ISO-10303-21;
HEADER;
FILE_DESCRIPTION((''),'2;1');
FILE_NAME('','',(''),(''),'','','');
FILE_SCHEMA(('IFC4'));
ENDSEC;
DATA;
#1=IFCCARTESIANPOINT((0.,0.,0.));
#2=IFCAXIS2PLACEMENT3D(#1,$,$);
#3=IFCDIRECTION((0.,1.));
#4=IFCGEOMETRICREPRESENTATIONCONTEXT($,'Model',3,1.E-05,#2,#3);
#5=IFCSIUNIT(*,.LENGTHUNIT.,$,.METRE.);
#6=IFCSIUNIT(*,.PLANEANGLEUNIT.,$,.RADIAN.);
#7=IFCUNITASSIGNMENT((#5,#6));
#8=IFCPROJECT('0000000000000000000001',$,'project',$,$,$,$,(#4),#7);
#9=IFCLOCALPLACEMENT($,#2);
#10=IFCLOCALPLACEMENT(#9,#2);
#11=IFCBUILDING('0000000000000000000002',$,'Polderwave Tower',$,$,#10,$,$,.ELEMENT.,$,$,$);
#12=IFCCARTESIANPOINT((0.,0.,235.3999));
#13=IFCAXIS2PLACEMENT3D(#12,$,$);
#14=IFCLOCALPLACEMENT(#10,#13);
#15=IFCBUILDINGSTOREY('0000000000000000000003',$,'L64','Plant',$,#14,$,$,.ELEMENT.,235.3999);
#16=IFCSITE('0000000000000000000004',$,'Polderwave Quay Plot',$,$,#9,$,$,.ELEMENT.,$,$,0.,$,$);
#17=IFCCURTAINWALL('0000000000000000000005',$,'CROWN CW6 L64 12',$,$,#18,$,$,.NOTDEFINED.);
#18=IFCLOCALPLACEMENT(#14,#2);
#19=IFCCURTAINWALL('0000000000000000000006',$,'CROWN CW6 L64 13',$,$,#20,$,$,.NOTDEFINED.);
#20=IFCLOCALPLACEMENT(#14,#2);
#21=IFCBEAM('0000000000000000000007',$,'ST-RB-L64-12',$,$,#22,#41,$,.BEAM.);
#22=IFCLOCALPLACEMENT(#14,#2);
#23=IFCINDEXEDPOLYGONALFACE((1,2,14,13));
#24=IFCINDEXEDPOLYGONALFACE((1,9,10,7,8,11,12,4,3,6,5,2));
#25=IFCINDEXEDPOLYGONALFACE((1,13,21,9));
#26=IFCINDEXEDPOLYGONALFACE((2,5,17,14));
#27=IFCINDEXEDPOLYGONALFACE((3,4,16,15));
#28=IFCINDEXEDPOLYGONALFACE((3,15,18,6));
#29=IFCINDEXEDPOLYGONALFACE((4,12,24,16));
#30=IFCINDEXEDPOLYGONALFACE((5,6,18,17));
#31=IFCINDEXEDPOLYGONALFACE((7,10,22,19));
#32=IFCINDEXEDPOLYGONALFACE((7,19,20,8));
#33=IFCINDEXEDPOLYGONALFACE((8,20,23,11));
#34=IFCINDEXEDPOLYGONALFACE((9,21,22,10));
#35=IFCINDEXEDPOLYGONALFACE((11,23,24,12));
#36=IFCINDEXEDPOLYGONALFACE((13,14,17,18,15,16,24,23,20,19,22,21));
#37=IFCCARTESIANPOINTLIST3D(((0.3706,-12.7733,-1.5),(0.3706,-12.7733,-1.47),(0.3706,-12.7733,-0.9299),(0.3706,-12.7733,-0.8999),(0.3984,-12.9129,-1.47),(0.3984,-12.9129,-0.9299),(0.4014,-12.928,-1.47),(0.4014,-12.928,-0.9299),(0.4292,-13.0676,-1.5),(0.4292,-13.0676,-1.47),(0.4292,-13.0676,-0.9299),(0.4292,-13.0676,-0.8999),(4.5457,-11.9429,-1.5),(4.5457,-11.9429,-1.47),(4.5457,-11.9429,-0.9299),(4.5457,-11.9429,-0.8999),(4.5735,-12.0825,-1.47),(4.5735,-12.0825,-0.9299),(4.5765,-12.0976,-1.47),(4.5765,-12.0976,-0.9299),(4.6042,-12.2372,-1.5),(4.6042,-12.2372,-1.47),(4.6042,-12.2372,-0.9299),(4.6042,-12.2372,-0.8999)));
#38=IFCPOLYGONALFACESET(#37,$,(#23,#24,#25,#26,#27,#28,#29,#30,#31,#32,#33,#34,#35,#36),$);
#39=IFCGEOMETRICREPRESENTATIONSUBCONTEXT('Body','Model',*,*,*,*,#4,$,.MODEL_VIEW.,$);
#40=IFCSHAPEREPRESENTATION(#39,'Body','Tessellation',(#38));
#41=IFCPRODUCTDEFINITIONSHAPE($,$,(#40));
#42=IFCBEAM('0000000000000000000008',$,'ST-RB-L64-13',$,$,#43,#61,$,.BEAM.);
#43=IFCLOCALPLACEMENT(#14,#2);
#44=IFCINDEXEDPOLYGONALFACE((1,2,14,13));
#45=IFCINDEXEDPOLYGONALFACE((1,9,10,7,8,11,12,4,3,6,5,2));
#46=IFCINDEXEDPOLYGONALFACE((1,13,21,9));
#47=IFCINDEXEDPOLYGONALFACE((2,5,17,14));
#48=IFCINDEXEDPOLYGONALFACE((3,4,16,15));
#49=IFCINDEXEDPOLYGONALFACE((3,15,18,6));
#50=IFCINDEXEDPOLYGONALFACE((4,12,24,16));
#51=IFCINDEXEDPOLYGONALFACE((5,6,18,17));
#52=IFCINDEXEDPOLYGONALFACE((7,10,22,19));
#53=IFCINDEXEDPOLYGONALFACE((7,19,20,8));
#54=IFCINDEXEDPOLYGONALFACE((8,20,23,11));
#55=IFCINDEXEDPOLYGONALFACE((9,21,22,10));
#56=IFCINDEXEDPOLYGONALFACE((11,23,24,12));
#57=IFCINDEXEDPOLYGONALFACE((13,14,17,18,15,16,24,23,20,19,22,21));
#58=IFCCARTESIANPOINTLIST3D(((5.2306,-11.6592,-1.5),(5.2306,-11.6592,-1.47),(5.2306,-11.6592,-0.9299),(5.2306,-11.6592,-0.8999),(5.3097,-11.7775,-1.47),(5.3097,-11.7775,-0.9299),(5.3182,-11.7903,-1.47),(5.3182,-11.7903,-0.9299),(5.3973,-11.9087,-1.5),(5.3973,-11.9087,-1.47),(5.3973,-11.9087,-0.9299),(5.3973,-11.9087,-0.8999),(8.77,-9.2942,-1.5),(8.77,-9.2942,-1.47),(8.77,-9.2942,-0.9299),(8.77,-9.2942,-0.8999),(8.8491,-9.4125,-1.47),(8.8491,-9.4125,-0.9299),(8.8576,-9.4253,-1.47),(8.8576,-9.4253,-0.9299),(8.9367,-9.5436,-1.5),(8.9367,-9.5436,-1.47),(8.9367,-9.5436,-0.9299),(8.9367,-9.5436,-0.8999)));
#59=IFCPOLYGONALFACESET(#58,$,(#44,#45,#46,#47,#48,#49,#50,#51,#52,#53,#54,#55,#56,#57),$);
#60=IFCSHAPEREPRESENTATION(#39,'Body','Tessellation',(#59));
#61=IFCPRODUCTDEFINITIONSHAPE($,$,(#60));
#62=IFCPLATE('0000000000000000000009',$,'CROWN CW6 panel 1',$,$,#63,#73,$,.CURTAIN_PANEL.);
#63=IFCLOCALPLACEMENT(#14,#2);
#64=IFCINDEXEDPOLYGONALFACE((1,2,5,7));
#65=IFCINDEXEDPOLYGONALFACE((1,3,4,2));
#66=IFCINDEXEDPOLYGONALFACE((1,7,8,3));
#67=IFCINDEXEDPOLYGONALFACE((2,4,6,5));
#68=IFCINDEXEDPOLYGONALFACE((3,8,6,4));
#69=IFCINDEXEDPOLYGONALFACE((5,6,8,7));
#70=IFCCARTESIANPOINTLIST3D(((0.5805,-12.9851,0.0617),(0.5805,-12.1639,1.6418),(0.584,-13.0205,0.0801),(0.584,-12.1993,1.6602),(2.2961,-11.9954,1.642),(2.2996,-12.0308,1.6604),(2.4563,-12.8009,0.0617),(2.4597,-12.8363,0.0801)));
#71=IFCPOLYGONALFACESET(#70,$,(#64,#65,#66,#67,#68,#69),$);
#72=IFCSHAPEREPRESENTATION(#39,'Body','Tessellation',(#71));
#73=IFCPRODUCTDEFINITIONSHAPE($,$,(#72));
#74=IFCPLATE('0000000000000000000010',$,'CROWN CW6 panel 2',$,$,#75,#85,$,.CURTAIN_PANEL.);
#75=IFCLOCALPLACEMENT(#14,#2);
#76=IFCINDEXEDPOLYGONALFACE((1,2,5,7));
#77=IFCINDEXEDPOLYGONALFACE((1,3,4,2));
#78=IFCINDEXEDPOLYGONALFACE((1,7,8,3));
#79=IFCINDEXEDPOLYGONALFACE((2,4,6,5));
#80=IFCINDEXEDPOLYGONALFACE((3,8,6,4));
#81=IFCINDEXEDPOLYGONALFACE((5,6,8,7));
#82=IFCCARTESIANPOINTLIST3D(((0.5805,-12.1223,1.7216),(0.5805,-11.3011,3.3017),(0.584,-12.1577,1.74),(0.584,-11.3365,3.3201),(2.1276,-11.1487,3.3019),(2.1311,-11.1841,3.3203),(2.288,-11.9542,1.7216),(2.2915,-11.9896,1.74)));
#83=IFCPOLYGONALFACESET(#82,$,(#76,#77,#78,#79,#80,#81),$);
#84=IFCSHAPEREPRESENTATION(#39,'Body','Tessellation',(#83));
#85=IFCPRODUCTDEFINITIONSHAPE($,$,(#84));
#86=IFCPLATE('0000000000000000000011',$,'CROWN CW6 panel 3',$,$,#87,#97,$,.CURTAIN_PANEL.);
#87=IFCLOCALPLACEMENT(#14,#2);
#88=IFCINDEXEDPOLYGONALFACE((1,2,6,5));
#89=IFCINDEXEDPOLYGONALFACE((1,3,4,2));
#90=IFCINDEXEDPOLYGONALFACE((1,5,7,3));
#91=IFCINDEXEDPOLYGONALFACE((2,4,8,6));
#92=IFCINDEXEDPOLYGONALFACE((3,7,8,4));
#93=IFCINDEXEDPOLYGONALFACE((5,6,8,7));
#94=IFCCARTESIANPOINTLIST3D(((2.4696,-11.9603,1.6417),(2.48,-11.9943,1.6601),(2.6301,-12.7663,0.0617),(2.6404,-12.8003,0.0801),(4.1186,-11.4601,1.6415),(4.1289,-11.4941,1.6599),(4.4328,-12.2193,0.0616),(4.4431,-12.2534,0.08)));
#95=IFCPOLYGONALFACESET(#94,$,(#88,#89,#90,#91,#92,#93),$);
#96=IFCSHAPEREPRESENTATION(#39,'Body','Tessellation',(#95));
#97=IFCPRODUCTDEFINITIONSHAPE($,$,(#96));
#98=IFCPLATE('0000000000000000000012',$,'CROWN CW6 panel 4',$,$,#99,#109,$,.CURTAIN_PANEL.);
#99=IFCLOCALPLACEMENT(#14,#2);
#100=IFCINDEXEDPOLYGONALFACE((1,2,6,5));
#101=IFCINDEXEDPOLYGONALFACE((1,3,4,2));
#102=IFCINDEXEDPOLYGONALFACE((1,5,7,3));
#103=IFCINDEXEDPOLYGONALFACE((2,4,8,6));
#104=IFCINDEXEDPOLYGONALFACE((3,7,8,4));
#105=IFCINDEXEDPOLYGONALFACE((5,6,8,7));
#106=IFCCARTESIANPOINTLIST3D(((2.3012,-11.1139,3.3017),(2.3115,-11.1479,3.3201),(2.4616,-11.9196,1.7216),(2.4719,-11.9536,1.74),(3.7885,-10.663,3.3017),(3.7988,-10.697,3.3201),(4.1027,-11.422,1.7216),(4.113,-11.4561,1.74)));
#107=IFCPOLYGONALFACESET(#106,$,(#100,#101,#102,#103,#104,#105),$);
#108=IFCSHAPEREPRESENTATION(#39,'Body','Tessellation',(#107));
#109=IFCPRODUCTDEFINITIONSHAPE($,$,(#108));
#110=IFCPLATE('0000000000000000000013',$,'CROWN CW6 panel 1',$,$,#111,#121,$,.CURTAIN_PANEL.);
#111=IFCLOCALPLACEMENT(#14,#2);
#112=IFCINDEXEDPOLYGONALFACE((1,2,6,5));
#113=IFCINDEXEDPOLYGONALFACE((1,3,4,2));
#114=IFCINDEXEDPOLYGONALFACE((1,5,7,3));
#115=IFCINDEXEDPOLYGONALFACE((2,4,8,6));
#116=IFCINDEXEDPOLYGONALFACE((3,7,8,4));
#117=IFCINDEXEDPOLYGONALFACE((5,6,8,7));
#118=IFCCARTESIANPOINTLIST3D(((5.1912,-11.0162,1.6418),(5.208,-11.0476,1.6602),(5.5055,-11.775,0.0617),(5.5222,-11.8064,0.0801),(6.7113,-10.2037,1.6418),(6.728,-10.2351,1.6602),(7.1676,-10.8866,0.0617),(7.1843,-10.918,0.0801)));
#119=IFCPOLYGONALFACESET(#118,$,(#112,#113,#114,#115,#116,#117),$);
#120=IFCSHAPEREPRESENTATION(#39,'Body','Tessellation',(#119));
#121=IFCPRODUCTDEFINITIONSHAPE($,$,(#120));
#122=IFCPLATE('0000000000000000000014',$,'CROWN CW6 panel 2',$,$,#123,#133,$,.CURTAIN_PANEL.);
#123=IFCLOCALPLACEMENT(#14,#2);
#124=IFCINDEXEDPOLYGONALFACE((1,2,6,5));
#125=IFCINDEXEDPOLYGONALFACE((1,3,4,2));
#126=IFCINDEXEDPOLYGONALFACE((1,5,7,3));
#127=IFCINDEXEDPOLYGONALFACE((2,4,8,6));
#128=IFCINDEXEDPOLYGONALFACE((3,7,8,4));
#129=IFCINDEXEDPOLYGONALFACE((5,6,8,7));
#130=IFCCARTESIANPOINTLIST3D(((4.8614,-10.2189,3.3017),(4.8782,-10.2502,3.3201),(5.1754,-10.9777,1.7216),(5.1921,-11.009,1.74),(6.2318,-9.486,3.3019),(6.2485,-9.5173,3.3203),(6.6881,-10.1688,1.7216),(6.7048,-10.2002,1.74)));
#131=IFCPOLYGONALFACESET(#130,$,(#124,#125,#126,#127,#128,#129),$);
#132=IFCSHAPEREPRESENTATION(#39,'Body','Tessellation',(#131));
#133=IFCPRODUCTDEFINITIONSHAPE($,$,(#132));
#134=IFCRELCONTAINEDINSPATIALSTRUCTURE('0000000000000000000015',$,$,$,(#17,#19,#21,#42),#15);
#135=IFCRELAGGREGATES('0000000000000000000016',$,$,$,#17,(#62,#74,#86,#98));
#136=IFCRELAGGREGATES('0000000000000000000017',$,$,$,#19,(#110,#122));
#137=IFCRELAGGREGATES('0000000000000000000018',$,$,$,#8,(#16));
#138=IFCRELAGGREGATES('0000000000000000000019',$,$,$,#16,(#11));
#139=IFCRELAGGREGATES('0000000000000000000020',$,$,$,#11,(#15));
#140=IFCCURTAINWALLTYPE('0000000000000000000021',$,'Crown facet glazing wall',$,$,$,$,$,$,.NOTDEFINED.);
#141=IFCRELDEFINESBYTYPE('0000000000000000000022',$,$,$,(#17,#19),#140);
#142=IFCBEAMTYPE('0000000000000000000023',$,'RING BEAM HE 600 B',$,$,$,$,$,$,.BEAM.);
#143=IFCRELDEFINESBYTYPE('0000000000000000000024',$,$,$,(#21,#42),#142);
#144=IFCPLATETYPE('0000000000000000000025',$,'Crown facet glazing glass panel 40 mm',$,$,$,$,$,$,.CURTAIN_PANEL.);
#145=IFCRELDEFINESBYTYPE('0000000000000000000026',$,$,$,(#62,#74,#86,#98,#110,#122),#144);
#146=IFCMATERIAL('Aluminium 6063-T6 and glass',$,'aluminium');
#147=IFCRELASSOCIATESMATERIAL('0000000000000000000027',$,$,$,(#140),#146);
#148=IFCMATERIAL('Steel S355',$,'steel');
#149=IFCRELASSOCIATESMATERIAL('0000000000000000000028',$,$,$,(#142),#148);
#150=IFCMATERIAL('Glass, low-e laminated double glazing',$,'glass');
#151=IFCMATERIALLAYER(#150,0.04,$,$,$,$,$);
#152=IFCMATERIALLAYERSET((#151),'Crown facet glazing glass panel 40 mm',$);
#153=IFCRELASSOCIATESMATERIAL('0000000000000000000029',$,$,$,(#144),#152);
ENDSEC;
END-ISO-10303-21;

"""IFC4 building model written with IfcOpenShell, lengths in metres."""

from ifc_helpers import new_model, si_unit, direction, frame, origin, origin_2d, place, context, subcontext, project, spatial, polyline, i_section, outline, extrude, material, layer, layer_set, material_profile, profile_set, type_object, element, aggregate, save


model = new_model("IFC4")

# Units and contexts
model_context = context("Model", 3, precision=1e-05, world=origin(), true_north=direction((0.0, 1.0)))
body_context = subcontext(model_context, "Body", "Model", "MODEL_VIEW")
ifc_project = project(units=[si_unit("LENGTHUNIT", "METRE"), si_unit("PLANEANGLEUNIT", "RADIAN")], contexts=[model_context])

# Site, building, storey
site_placement = place(None, origin())
site = spatial("IfcSite", under=ifc_project, at=site_placement, Name="Polderwave Quay Plot", CompositionType="ELEMENT", RefElevation=0.0)
building_placement = place(site_placement, origin())
building = spatial("IfcBuilding", under=site, at=building_placement, Name="Polderwave Tower", CompositionType="ELEMENT")
storey_placement = place(building_placement, frame((0.0, 0.0, 235.3999)))
storey = spatial("IfcBuildingStorey", under=building, at=storey_placement, Name="L64", Description="Plant", CompositionType="ELEMENT", Elevation=235.3999)

# Curtain wall
ifc_material_1 = material(Name="Aluminium 6063-T6 and glass", Category="aluminium")
curtain_wall_type = type_object("IfcCurtainWallType", Name="Crown facet glazing wall", PredefinedType="NOTDEFINED", material=ifc_material_1)
curtain_wall_1_placement = place(storey_placement, origin())
curtain_wall_1 = element("IfcCurtainWall", 1, at=curtain_wall_1_placement, inside=storey, type_object=curtain_wall_type, Name="CROWN CW6 L64 12", PredefinedType="NOTDEFINED")

# Curtain wall
curtain_wall_2_placement = place(storey_placement, origin())
curtain_wall_2 = element("IfcCurtainWall", 2, at=curtain_wall_2_placement, inside=storey, type_object=curtain_wall_type, Name="CROWN CW6 L64 13", PredefinedType="NOTDEFINED")

# Beams
ifc_material_2 = material(Name="Steel S355", Category="steel")
ifc_material_profile_1 = material_profile(ifc_material_2, i_section(OverallWidth=0.3, OverallDepth=0.6001, WebThickness=0.0154, FlangeThickness=0.03, at=origin_2d()), Name="HE 600 B")
ifc_profile_set_1 = profile_set([ifc_material_profile_1], Name="Steel S355")
beam_type = type_object("IfcBeamType", Name="RING BEAM HE 600 B", PredefinedType="BEAM", material=ifc_profile_set_1)
for number, where, z_axis, x_axis, name in (
    (3, (0.3999, -12.9204, -1.2), (0.980792, 0.195057, 0.0), (-0.195057, 0.980792, 0.0), "ST-RB-L64-12"),
    (4, (5.314, -11.7839, -1.2), (0.831459, 0.555587, 0.0), (-0.555587, 0.831459, 0.0), "ST-RB-L64-13"),
):
    element("IfcBeam", number, at=place(storey_placement, frame(where, z_axis=z_axis, x_axis=x_axis)), inside=storey, type_object=beam_type, Name=name, PredefinedType="BEAM", context=body_context, shape_type="SweptSolid", body=[
        extrude(i_section(OverallWidth=0.3, OverallDepth=0.6001, WebThickness=0.0154, FlangeThickness=0.03, at=origin_2d()), origin(), (0.0, 0.0, 1.0), 4.2568),
    ])

# Plates
ifc_material_3 = material(Name="Glass, low-e laminated double glazing", Category="glass")
ifc_layer = layer(ifc_material_3, 0.04)
ifc_layer_set = layer_set([ifc_layer], Name="Crown facet glazing glass panel 40 mm")
plate_type = type_object("IfcPlateType", Name="Crown facet glazing glass panel 40 mm", PredefinedType="CURTAIN_PANEL", material=ifc_layer_set)
plate_1_placement = place(storey_placement, frame((0.584, -13.0205, 0.0801), z_axis=(0.086804, -0.883979, 0.459397), x_axis=(0.995212, 0.097742, 0.000029)))
plate_1 = element("IfcPlate", 5, at=plate_1_placement, type_object=plate_type, Name="CROWN CW6 panel 1", PredefinedType="CURTAIN_PANEL", context=body_context, shape_type="SweptSolid", body=[
    extrude(outline(polyline([(0.0, 0.0), (1.8848, 0.0), (1.8041, 1.7791), (0.0803, 1.779), (0.0, 0.0)])), origin(), (0.0, 0.0, -1.0), 0.04),
])
plate_2_placement = place(storey_placement, frame((0.584, -12.1577, 1.74), z_axis=(0.087028, -0.883954, 0.459403), x_axis=(0.995187, 0.097992, 0.000024)))
plate_2 = element("IfcPlate", 6, at=plate_2_placement, type_object=plate_type, Name="CROWN CW6 panel 2", PredefinedType="CURTAIN_PANEL", context=body_context, shape_type="SweptSolid", body=[
    extrude(outline(polyline([(0.0, 0.0), (1.7158, 0.0), (1.6351, 1.7791), (0.0805, 1.779), (0.0, 0.0)])), origin(), (0.0, 0.0, -1.0), 0.04),
])
plate_3_placement = place(storey_placement, frame((2.6404, -12.8003, 0.0801), z_axis=(0.257844, -0.849834, 0.459672), x_axis=(0.956927, 0.290327, -0.000017)))
plate_3 = element("IfcPlate", 7, at=plate_3_placement, type_object=plate_type, Name="CROWN CW6 panel 3", PredefinedType="CURTAIN_PANEL", context=body_context, shape_type="SweptSolid", body=[
    extrude(outline(polyline([(0.0, 0.0), (1.8839, 0.0), (1.8036, 1.7789), (0.0805, 1.7792), (0.0, 0.0)])), origin(), (0.0, 0.0, -1.0), 0.04),
])
plate_4_placement = place(storey_placement, frame((2.4719, -11.9536, 1.74), z_axis=(0.257692, -0.849951, 0.45954), x_axis=(0.956984, 0.290142, 0.0)))
plate_4 = element("IfcPlate", 8, at=plate_4_placement, type_object=plate_type, Name="CROWN CW6 panel 4", PredefinedType="CURTAIN_PANEL", context=body_context, shape_type="SweptSolid", body=[
    extrude(outline(polyline([(0.0, 0.0), (1.7149, 0.0), (1.6344, 1.7791), (0.0803, 1.7791), (0.0, 0.0)])), origin(), (0.0, 0.0, -1.0), 0.04),
])
aggregate(curtain_wall_1, [plate_1, plate_2, plate_3, plate_4])
plate_5_placement = place(storey_placement, frame((5.5222, -11.8064, 0.0801), z_axis=(0.418707, -0.783326, 0.459439), x_axis=(0.881917, 0.471405, -0.000002)))
plate_5 = element("IfcPlate", 9, at=plate_5_placement, type_object=plate_type, Name="CROWN CW6 panel 1", PredefinedType="CURTAIN_PANEL", context=body_context, shape_type="SweptSolid", body=[
    extrude(outline(polyline([(0.0, 0.0), (1.8847, 0.0), (1.8041, 1.779), (0.0806, 1.7789), (0.0, 0.0)])), origin(), (0.0, 0.0, -1.0), 0.04),
])
plate_6_placement = place(storey_placement, frame((5.1921, -11.009, 1.74), z_axis=(0.418834, -0.78329, 0.459386), x_axis=(0.881849, 0.471533, -0.000004)))
plate_6 = element("IfcPlate", 10, at=plate_6_placement, type_object=plate_type, Name="CROWN CW6 panel 2", PredefinedType="CURTAIN_PANEL", context=body_context, shape_type="SweptSolid", body=[
    extrude(outline(polyline([(0.0, 0.0), (1.7154, 0.0), (1.635, 1.7792), (0.0809, 1.7789), (0.0, 0.0)])), origin(), (0.0, 0.0, -1.0), 0.04),
])
aggregate(curtain_wall_2, [plate_5, plate_6])

save(model, "model.ifc")
